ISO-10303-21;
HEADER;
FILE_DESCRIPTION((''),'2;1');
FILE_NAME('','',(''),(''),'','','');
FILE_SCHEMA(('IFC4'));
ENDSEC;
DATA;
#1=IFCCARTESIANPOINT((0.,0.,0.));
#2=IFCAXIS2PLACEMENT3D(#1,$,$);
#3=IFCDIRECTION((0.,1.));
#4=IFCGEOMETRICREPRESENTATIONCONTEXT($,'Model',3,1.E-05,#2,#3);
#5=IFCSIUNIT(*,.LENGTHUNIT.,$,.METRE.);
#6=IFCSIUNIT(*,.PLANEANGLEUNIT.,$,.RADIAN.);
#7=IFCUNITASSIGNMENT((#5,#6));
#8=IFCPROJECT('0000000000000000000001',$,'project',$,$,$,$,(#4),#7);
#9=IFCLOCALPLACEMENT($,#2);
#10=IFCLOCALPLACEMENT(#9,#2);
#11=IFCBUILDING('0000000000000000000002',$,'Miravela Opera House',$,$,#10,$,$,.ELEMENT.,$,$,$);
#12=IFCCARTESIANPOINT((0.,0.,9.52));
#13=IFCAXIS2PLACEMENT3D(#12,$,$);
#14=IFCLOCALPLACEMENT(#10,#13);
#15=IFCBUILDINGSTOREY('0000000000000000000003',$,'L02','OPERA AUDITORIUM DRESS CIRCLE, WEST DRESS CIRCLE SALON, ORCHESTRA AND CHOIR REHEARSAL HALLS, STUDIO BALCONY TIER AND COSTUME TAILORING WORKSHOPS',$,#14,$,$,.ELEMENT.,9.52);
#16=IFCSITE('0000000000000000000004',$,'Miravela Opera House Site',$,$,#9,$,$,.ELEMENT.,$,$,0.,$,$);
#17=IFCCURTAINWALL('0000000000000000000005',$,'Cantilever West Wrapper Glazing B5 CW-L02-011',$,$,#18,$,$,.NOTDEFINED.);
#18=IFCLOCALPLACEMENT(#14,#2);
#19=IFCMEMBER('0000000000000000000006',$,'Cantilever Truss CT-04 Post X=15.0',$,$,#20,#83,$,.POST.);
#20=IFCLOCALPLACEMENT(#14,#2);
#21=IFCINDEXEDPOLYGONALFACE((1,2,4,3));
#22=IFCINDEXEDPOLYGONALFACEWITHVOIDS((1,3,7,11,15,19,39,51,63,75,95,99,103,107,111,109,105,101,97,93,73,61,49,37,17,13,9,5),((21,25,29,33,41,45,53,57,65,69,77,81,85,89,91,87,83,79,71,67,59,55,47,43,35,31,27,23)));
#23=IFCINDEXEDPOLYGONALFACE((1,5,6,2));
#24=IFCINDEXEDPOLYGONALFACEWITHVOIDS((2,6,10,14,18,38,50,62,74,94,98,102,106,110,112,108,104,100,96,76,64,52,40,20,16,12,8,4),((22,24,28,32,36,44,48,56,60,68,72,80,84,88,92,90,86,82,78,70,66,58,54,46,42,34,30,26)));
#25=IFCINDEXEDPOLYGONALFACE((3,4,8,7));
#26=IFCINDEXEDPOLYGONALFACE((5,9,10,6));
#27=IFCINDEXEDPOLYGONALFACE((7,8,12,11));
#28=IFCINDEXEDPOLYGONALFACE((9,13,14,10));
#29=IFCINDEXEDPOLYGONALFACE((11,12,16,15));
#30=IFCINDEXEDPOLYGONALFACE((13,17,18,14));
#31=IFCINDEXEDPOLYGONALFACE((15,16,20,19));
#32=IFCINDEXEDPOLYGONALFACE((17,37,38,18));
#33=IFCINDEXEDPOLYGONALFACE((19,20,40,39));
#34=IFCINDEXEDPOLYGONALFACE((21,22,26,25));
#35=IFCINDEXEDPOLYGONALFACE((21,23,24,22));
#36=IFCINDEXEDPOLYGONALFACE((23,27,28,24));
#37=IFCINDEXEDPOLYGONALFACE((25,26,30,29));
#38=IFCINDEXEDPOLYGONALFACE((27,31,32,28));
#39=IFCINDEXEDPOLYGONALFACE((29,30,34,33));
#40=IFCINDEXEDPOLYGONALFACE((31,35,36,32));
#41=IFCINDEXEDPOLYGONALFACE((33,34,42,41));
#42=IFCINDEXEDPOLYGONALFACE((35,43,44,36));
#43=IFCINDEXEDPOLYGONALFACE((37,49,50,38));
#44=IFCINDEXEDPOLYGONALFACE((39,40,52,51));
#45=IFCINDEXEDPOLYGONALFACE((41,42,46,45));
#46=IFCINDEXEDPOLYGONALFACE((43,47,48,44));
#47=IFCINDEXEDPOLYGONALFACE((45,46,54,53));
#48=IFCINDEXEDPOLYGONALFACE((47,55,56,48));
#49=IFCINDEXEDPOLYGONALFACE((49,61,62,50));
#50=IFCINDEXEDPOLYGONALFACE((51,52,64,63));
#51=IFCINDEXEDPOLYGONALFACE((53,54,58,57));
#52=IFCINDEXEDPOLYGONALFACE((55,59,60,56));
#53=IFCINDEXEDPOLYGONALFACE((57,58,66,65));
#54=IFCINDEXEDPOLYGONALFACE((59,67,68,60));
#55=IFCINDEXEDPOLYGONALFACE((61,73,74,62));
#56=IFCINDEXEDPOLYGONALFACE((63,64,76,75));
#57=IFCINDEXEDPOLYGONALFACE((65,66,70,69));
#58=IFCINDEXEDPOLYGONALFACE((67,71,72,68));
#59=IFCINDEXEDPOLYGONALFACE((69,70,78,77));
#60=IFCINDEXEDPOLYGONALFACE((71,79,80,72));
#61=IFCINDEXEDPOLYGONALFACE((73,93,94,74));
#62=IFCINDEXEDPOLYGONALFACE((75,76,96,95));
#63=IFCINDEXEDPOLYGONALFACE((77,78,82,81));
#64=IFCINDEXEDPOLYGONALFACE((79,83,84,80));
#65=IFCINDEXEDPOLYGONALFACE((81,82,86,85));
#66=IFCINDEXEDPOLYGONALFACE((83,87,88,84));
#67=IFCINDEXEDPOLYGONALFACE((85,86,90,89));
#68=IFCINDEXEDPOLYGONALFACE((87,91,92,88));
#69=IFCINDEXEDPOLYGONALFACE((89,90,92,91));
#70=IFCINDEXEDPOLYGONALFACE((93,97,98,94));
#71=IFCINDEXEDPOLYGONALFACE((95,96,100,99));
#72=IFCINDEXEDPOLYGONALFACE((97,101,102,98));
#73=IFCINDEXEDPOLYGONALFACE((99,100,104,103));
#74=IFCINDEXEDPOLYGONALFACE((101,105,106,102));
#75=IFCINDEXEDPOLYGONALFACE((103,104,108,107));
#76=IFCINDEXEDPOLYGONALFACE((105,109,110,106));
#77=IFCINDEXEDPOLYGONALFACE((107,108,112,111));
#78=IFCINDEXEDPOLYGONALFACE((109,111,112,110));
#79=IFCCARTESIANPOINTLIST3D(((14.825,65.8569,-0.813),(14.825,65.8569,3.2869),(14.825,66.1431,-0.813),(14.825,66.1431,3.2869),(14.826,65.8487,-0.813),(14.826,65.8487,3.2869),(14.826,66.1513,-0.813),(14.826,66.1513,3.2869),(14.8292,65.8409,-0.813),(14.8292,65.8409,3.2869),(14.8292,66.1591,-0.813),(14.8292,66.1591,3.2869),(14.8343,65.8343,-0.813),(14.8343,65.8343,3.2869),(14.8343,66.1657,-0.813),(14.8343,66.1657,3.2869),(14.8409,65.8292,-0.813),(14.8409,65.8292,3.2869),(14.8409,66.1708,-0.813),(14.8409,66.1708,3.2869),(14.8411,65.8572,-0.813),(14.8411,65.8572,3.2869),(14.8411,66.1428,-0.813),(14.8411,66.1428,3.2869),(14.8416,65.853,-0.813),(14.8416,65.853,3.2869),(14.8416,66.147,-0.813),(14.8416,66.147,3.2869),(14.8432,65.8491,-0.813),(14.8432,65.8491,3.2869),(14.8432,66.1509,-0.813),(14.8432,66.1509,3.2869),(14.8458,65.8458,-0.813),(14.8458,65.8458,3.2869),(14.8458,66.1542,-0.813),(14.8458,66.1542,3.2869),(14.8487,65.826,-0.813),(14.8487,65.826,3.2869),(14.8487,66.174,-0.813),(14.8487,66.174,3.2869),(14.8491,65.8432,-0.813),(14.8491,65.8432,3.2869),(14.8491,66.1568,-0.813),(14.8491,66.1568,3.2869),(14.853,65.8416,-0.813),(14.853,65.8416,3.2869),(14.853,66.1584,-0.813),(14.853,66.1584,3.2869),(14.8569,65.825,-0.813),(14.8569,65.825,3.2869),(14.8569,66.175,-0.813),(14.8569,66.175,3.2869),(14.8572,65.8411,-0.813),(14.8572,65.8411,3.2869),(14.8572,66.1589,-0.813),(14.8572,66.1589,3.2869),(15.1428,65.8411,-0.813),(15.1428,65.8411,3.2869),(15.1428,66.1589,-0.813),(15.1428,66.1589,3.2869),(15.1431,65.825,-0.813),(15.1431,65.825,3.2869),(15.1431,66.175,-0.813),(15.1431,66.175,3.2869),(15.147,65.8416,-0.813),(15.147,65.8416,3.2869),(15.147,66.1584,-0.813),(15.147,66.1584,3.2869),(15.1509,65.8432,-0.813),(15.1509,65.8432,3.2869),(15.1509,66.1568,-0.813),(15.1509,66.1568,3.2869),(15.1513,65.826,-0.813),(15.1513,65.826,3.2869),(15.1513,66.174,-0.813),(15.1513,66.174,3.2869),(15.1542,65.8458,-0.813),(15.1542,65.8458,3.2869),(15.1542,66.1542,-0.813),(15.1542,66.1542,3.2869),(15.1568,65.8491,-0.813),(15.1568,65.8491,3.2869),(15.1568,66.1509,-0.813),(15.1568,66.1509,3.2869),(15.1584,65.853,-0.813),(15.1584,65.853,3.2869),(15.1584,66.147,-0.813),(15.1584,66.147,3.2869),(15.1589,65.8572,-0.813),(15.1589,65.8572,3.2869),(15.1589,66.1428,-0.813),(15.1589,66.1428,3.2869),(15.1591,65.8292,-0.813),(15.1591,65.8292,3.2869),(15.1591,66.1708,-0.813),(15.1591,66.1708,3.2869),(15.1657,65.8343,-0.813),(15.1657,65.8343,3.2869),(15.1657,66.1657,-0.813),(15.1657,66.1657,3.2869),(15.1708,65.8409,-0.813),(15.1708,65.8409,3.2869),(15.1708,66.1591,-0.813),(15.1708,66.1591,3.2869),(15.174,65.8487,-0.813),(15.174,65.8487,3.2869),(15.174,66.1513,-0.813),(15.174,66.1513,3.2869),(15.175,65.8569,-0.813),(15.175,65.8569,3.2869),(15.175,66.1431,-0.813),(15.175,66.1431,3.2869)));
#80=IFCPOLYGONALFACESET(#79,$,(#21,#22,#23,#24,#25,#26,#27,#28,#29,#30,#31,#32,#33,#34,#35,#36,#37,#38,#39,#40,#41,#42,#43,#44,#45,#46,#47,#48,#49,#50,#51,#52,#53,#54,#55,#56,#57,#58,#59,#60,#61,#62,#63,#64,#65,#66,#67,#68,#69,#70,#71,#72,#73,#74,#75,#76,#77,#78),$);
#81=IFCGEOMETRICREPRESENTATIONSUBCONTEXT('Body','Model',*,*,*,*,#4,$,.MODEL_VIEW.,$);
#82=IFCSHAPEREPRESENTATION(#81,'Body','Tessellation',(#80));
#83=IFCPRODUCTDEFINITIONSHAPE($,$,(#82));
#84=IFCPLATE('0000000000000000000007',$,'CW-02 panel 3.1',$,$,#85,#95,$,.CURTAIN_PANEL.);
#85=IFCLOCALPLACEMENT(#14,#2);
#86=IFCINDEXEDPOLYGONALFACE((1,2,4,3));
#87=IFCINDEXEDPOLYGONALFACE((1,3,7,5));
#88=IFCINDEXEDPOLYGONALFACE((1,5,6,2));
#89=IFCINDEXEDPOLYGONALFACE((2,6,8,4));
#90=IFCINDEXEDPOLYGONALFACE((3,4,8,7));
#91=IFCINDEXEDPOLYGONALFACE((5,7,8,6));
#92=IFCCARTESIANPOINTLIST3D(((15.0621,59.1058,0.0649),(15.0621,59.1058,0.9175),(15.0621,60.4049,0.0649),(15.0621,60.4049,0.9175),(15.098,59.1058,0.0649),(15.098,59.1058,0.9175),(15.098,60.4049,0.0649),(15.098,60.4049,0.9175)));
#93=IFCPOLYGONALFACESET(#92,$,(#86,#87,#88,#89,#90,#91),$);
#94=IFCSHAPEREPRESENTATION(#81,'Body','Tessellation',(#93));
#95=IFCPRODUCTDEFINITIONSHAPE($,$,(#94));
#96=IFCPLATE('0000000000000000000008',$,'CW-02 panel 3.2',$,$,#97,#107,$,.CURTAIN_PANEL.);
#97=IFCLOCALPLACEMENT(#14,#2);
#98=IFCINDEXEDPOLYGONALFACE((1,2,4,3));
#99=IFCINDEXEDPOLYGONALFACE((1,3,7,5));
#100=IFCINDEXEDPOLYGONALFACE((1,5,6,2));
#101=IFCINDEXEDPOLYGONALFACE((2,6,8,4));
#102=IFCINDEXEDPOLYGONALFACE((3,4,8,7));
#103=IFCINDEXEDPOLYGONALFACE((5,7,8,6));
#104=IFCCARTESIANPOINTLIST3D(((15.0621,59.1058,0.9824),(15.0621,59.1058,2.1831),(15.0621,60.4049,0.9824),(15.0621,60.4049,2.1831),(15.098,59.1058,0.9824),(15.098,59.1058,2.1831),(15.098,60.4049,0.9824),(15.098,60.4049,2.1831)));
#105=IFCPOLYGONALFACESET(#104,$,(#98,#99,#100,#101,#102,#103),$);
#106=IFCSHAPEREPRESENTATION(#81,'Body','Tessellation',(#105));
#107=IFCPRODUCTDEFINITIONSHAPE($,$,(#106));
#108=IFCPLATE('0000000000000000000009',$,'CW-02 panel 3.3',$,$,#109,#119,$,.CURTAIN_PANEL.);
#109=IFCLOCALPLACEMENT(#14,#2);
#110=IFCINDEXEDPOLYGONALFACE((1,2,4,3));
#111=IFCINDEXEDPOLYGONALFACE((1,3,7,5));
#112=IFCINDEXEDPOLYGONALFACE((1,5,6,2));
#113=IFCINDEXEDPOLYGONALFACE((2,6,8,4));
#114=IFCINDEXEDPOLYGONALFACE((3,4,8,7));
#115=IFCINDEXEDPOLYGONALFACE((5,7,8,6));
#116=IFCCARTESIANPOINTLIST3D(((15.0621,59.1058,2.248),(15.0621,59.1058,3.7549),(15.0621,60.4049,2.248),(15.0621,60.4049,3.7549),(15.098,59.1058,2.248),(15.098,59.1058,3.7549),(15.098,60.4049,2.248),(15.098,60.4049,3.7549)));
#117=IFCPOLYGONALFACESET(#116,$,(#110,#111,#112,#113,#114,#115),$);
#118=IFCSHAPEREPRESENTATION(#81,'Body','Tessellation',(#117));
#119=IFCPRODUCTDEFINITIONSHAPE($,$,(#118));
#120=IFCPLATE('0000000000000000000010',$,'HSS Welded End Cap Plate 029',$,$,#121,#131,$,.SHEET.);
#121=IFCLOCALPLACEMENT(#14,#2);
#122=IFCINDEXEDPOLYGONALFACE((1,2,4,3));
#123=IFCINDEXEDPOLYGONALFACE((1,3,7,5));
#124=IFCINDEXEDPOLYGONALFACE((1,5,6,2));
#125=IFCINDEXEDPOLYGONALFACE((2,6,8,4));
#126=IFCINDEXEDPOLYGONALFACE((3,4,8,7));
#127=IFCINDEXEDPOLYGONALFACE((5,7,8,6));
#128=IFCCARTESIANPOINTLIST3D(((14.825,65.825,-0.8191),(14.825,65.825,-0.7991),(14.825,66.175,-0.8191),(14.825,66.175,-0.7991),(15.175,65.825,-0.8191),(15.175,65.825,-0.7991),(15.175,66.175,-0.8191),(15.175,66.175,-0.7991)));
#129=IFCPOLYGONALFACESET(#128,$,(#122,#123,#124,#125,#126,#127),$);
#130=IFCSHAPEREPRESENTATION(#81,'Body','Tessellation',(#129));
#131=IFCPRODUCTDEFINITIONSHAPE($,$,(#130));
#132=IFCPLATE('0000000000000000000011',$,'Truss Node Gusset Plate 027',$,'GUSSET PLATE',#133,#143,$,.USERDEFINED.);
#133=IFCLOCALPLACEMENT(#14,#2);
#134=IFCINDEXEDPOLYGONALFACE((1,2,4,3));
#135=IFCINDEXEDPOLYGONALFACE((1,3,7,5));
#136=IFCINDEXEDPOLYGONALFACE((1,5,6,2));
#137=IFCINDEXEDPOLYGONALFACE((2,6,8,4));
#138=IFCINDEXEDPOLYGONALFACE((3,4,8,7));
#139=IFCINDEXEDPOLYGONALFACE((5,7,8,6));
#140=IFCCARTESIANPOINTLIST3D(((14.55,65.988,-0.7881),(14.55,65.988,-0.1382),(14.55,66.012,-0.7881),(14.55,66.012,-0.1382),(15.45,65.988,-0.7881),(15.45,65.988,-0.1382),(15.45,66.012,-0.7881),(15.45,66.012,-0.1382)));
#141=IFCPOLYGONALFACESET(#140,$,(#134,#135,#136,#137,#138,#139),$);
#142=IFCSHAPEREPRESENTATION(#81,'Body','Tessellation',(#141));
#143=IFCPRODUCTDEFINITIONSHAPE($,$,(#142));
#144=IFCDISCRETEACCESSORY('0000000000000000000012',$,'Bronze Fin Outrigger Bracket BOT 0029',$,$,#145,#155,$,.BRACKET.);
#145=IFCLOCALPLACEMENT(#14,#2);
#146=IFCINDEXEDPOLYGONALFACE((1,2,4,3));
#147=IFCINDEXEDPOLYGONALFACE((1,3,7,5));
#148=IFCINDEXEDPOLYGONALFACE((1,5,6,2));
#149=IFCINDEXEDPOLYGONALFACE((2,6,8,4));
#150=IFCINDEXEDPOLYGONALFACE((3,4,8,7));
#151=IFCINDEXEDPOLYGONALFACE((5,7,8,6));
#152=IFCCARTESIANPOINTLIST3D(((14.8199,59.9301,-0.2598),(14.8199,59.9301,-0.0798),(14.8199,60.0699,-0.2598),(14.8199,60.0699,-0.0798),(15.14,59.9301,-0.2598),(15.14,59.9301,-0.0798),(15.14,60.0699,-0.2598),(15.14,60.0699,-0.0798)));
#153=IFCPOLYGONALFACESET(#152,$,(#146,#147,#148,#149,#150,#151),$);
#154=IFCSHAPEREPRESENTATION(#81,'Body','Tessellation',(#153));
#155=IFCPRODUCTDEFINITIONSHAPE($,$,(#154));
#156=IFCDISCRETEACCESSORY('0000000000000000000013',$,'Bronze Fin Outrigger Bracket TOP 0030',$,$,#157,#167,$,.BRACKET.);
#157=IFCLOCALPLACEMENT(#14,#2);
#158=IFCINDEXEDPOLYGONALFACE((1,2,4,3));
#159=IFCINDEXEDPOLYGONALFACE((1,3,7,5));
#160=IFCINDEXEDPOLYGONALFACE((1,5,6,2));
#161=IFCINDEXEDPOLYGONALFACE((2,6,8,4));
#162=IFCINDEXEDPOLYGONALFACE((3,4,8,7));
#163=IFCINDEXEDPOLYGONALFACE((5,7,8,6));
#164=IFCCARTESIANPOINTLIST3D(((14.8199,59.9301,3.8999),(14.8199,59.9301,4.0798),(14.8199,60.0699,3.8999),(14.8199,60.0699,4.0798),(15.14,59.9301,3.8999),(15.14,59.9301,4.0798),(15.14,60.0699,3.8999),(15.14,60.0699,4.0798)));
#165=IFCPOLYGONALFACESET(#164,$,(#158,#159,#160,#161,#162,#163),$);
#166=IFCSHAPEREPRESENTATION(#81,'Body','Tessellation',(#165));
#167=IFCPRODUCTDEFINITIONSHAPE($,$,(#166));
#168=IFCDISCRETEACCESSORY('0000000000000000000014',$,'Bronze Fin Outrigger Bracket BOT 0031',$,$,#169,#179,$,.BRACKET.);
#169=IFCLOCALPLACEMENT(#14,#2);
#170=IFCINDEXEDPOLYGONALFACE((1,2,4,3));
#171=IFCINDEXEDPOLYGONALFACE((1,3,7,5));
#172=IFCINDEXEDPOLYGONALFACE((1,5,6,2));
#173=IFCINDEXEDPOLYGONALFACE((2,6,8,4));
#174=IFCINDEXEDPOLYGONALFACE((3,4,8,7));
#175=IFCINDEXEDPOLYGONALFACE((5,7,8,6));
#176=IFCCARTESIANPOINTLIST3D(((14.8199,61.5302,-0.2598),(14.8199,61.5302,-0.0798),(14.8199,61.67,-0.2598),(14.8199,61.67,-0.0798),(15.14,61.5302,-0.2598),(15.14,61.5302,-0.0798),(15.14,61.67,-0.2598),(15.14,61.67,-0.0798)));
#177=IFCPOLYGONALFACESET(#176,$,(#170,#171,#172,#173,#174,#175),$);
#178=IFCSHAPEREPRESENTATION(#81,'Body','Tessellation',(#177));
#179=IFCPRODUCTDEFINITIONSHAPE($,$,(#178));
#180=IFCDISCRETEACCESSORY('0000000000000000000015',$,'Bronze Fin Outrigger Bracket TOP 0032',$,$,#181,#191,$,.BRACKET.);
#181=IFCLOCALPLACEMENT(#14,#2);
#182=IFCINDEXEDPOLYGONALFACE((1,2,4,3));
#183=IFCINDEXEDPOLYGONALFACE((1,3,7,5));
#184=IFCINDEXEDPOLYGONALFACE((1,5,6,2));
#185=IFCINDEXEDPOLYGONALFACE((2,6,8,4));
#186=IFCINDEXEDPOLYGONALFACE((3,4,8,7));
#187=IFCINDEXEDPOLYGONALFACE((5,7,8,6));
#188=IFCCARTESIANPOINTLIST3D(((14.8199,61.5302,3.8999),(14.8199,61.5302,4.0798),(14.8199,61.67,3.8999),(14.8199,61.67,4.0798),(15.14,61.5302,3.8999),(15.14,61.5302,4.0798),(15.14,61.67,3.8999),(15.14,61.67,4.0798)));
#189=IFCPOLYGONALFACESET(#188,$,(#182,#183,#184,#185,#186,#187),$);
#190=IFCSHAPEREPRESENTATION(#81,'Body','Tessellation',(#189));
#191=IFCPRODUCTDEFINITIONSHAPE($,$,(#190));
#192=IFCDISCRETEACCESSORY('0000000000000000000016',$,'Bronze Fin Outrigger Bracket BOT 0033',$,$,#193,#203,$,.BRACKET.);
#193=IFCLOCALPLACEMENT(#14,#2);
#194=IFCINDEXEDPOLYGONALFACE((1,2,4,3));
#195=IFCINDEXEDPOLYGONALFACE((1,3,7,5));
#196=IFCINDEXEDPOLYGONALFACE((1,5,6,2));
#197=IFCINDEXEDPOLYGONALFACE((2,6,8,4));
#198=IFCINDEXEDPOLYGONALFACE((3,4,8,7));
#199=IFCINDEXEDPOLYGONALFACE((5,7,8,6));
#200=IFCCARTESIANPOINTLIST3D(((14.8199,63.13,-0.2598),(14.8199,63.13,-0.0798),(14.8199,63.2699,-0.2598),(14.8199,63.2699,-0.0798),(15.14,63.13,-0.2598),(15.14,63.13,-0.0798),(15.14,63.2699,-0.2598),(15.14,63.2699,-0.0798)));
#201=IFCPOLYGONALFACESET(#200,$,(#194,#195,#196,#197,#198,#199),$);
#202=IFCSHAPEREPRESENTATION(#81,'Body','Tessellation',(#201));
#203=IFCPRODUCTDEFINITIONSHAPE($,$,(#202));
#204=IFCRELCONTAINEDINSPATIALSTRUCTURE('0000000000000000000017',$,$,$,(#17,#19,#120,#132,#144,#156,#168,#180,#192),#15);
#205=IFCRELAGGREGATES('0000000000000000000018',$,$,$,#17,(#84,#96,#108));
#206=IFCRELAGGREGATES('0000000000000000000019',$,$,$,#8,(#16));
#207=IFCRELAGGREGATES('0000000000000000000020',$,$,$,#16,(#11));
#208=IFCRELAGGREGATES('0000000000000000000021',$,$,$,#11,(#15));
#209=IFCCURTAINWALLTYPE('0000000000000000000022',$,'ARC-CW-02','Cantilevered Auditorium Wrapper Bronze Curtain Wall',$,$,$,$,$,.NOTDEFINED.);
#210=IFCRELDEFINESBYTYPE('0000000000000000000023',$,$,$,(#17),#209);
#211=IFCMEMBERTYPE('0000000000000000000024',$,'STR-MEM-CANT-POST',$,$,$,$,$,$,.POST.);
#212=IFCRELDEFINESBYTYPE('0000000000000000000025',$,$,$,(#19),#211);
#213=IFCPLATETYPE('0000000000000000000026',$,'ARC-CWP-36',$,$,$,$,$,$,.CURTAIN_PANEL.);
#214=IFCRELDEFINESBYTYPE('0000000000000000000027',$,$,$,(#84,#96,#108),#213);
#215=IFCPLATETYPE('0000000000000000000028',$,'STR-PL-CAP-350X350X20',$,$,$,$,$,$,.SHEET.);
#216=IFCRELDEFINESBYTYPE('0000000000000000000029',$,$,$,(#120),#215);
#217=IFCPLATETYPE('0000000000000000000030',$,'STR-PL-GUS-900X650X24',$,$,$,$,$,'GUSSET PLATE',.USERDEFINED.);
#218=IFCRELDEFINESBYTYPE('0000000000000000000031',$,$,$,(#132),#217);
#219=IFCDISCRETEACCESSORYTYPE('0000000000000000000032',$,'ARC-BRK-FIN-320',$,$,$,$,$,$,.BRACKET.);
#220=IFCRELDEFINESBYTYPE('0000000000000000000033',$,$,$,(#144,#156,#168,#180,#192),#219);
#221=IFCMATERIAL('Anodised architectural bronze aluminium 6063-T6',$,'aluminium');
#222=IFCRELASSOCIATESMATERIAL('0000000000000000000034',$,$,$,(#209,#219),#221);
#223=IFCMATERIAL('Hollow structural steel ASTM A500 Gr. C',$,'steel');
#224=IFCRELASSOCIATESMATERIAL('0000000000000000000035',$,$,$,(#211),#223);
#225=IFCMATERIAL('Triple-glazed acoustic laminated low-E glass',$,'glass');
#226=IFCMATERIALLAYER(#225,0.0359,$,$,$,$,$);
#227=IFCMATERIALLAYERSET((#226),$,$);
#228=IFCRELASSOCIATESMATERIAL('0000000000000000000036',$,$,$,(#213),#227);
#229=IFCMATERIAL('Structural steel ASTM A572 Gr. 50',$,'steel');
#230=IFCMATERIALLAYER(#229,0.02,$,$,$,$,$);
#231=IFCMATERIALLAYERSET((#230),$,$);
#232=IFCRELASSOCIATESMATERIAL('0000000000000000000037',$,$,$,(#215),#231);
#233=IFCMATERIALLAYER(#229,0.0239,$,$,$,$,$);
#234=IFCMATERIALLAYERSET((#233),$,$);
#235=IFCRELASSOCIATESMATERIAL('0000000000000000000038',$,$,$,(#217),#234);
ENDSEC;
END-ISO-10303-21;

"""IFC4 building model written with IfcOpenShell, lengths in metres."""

from ifc_helpers import new_model, si_unit, direction, frame, origin, origin_2d, place, context, subcontext, project, spatial, rectangle, hollow_rectangle, extrude, material, layer, layer_set, material_profile, profile_set, type_object, element, aggregate, save


model = new_model("IFC4")

# Units and contexts
model_context = context("Model", 3, precision=1e-05, world=origin(), true_north=direction((0.0, 1.0)))
body_context = subcontext(model_context, "Body", "Model", "MODEL_VIEW")
ifc_project = project(units=[si_unit("LENGTHUNIT", "METRE"), si_unit("PLANEANGLEUNIT", "RADIAN")], contexts=[model_context])

# Site, building, storey
site_placement = place(None, origin())
site = spatial("IfcSite", under=ifc_project, at=site_placement, Name="Miravela Opera House Site", CompositionType="ELEMENT", RefElevation=0.0)
building_placement = place(site_placement, origin())
building = spatial("IfcBuilding", under=site, at=building_placement, Name="Miravela Opera House", CompositionType="ELEMENT")
storey_placement = place(building_placement, frame((0.0, 0.0, 9.52)))
storey = spatial("IfcBuildingStorey", under=building, at=storey_placement, Name="L02", Description="OPERA AUDITORIUM DRESS CIRCLE, WEST DRESS CIRCLE SALON, ORCHESTRA AND CHOIR REHEARSAL HALLS, STUDIO BALCONY TIER AND COSTUME TAILORING WORKSHOPS", CompositionType="ELEMENT", Elevation=9.52)

# Curtain wall
ifc_material_1 = material(Name="Anodised architectural bronze aluminium 6063-T6", Category="aluminium")
curtain_wall_type = type_object("IfcCurtainWallType", Name="ARC-CW-02", Description="Cantilevered Auditorium Wrapper Bronze Curtain Wall", PredefinedType="NOTDEFINED", material=ifc_material_1)
curtain_wall_1_placement = place(storey_placement, origin())
curtain_wall_1 = element("IfcCurtainWall", 1, at=curtain_wall_1_placement, inside=storey, type_object=curtain_wall_type, Name="Cantilever West Wrapper Glazing B5 CW-L02-011", PredefinedType="NOTDEFINED")

# Member
ifc_material_2 = material(Name="Hollow structural steel ASTM A500 Gr. C", Category="steel")
ifc_material_profile_1 = material_profile(ifc_material_2, hollow_rectangle(XDim=0.3501, YDim=0.3501, WallThickness=0.0161, InnerFilletRadius=0.0161, OuterFilletRadius=0.032, at=origin_2d()), Name="HSS350X350X16")
ifc_profile_set_1 = profile_set([ifc_material_profile_1])
member_type_1 = type_object("IfcMemberType", Name="STR-MEM-CANT-POST", PredefinedType="POST", material=ifc_profile_set_1)
member_1_placement = place(storey_placement, frame((15.0, 66.0, -0.813), z_axis=(0.0, 0.0, 1.0), x_axis=(1.0, 0.0, 0.0)))
element("IfcMember", 2, at=member_1_placement, inside=storey, type_object=member_type_1, Name="Cantilever Truss CT-04 Post X=15.0", PredefinedType="POST", context=body_context, shape_type="SweptSolid", body=[
    extrude(hollow_rectangle(XDim=0.3501, YDim=0.3501, WallThickness=0.0161, InnerFilletRadius=0.0161, OuterFilletRadius=0.032, at=origin_2d()), origin(), (0.0, 0.0, 1.0), 4.0999),
])

# Plates
ifc_material_3 = material(Name="Triple-glazed acoustic laminated low-E glass", Category="glass")
ifc_layer_1 = layer(ifc_material_3, 0.0359)
ifc_layer_set_1 = layer_set([ifc_layer_1])
plate_type_1 = type_object("IfcPlateType", Name="ARC-CWP-36", PredefinedType="CURTAIN_PANEL", material=ifc_layer_set_1)
plate_1_placement = place(storey_placement, frame((15.0801, 59.7554, 0.0649), z_axis=(0.0, 0.0, 1.0), x_axis=(0.0, 1.0, 0.0)))
plate_1 = element("IfcPlate", 3, at=plate_1_placement, type_object=plate_type_1, Name="CW-02 panel 3.1", PredefinedType="CURTAIN_PANEL", context=body_context, shape_type="SweptSolid", body=[
    extrude(rectangle(XDim=1.2991, YDim=0.0359, at=origin_2d()), origin(), (0.0, 0.0, 1.0), 0.8525),
])
plate_2_placement = place(storey_placement, frame((15.0801, 59.7554, 0.9824), z_axis=(0.0, 0.0, 1.0), x_axis=(0.0, 1.0, 0.0)))
plate_2 = element("IfcPlate", 4, at=plate_2_placement, type_object=plate_type_1, Name="CW-02 panel 3.2", PredefinedType="CURTAIN_PANEL", context=body_context, shape_type="SweptSolid", body=[
    extrude(rectangle(XDim=1.2991, YDim=0.0359, at=origin_2d()), origin(), (0.0, 0.0, 1.0), 1.2007),
])
plate_3_placement = place(storey_placement, frame((15.0801, 59.7554, 2.248), z_axis=(0.0, 0.0, 1.0), x_axis=(0.0, 1.0, 0.0)))
plate_3 = element("IfcPlate", 5, at=plate_3_placement, type_object=plate_type_1, Name="CW-02 panel 3.3", PredefinedType="CURTAIN_PANEL", context=body_context, shape_type="SweptSolid", body=[
    extrude(rectangle(XDim=1.2991, YDim=0.0359, at=origin_2d()), origin(), (0.0, 0.0, 1.0), 1.5068),
])
aggregate(curtain_wall_1, [plate_1, plate_2, plate_3])

# Plates
ifc_material_4 = material(Name="Structural steel ASTM A572 Gr. 50", Category="steel")
ifc_layer_2 = layer(ifc_material_4, 0.02)
ifc_layer_set_2 = layer_set([ifc_layer_2])
plate_type_2 = type_object("IfcPlateType", Name="STR-PL-CAP-350X350X20", PredefinedType="SHEET", material=ifc_layer_set_2)
plate_4_placement = place(storey_placement, frame((15.0, 66.0, -0.8191), z_axis=(0.0, 0.0, 1.0), x_axis=(1.0, 0.0, 0.0)))
element("IfcPlate", 6, at=plate_4_placement, inside=storey, type_object=plate_type_2, Name="HSS Welded End Cap Plate 029", PredefinedType="SHEET", context=body_context, shape_type="SweptSolid", body=[
    extrude(rectangle(XDim=0.3501, YDim=0.3501, at=origin_2d()), origin(), (0.0, 0.0, 1.0), 0.02),
])
ifc_layer_3 = layer(ifc_material_4, 0.0239)
ifc_layer_set_3 = layer_set([ifc_layer_3])
plate_type_3 = type_object("IfcPlateType", Name="STR-PL-GUS-900X650X24", ElementType="GUSSET PLATE", PredefinedType="USERDEFINED", material=ifc_layer_set_3)
plate_5_placement = place(storey_placement, frame((15.0, 66.0, -0.7881), z_axis=(0.0, 0.0, 1.0), x_axis=(1.0, 0.0, 0.0)))
element("IfcPlate", 7, at=plate_5_placement, inside=storey, type_object=plate_type_3, Name="Truss Node Gusset Plate 027", ObjectType="GUSSET PLATE", PredefinedType="USERDEFINED", context=body_context, shape_type="SweptSolid", body=[
    extrude(rectangle(XDim=0.8999, YDim=0.0239, at=origin_2d()), origin(), (0.0, 0.0, 1.0), 0.6499),
])

# Discrete accessories
discrete_accessory_type = type_object("IfcDiscreteAccessoryType", Name="ARC-BRK-FIN-320", PredefinedType="BRACKET", material=ifc_material_1)
for number, where, z_axis, x_axis, name in (
    (8, (14.98, 60.0, -0.2598), (0.0, 0.0, 1.0), (1.0, 0.0, 0.0), "Bronze Fin Outrigger Bracket BOT 0029"),
    (9, (14.98, 60.0, 3.8999), (0.0, 0.0, 1.0), (1.0, 0.0, 0.0), "Bronze Fin Outrigger Bracket TOP 0030"),
    (10, (14.98, 61.6001, -0.2598), (0.0, 0.0, 1.0), (1.0, 0.0, 0.0), "Bronze Fin Outrigger Bracket BOT 0031"),
    (11, (14.98, 61.6001, 3.8999), (0.0, 0.0, 1.0), (1.0, 0.0, 0.0), "Bronze Fin Outrigger Bracket TOP 0032"),
    (12, (14.98, 63.2, -0.2598), (0.0, 0.0, 1.0), (1.0, 0.0, 0.0), "Bronze Fin Outrigger Bracket BOT 0033"),
):
    element("IfcDiscreteAccessory", number, at=place(storey_placement, frame(where, z_axis=z_axis, x_axis=x_axis)), inside=storey, type_object=discrete_accessory_type, Name=name, PredefinedType="BRACKET", context=body_context, shape_type="SweptSolid", body=[
        extrude(rectangle(XDim=0.3201, YDim=0.1399, at=origin_2d()), origin(), (0.0, 0.0, 1.0), 0.1799),
    ])

save(model, "model.ifc")
